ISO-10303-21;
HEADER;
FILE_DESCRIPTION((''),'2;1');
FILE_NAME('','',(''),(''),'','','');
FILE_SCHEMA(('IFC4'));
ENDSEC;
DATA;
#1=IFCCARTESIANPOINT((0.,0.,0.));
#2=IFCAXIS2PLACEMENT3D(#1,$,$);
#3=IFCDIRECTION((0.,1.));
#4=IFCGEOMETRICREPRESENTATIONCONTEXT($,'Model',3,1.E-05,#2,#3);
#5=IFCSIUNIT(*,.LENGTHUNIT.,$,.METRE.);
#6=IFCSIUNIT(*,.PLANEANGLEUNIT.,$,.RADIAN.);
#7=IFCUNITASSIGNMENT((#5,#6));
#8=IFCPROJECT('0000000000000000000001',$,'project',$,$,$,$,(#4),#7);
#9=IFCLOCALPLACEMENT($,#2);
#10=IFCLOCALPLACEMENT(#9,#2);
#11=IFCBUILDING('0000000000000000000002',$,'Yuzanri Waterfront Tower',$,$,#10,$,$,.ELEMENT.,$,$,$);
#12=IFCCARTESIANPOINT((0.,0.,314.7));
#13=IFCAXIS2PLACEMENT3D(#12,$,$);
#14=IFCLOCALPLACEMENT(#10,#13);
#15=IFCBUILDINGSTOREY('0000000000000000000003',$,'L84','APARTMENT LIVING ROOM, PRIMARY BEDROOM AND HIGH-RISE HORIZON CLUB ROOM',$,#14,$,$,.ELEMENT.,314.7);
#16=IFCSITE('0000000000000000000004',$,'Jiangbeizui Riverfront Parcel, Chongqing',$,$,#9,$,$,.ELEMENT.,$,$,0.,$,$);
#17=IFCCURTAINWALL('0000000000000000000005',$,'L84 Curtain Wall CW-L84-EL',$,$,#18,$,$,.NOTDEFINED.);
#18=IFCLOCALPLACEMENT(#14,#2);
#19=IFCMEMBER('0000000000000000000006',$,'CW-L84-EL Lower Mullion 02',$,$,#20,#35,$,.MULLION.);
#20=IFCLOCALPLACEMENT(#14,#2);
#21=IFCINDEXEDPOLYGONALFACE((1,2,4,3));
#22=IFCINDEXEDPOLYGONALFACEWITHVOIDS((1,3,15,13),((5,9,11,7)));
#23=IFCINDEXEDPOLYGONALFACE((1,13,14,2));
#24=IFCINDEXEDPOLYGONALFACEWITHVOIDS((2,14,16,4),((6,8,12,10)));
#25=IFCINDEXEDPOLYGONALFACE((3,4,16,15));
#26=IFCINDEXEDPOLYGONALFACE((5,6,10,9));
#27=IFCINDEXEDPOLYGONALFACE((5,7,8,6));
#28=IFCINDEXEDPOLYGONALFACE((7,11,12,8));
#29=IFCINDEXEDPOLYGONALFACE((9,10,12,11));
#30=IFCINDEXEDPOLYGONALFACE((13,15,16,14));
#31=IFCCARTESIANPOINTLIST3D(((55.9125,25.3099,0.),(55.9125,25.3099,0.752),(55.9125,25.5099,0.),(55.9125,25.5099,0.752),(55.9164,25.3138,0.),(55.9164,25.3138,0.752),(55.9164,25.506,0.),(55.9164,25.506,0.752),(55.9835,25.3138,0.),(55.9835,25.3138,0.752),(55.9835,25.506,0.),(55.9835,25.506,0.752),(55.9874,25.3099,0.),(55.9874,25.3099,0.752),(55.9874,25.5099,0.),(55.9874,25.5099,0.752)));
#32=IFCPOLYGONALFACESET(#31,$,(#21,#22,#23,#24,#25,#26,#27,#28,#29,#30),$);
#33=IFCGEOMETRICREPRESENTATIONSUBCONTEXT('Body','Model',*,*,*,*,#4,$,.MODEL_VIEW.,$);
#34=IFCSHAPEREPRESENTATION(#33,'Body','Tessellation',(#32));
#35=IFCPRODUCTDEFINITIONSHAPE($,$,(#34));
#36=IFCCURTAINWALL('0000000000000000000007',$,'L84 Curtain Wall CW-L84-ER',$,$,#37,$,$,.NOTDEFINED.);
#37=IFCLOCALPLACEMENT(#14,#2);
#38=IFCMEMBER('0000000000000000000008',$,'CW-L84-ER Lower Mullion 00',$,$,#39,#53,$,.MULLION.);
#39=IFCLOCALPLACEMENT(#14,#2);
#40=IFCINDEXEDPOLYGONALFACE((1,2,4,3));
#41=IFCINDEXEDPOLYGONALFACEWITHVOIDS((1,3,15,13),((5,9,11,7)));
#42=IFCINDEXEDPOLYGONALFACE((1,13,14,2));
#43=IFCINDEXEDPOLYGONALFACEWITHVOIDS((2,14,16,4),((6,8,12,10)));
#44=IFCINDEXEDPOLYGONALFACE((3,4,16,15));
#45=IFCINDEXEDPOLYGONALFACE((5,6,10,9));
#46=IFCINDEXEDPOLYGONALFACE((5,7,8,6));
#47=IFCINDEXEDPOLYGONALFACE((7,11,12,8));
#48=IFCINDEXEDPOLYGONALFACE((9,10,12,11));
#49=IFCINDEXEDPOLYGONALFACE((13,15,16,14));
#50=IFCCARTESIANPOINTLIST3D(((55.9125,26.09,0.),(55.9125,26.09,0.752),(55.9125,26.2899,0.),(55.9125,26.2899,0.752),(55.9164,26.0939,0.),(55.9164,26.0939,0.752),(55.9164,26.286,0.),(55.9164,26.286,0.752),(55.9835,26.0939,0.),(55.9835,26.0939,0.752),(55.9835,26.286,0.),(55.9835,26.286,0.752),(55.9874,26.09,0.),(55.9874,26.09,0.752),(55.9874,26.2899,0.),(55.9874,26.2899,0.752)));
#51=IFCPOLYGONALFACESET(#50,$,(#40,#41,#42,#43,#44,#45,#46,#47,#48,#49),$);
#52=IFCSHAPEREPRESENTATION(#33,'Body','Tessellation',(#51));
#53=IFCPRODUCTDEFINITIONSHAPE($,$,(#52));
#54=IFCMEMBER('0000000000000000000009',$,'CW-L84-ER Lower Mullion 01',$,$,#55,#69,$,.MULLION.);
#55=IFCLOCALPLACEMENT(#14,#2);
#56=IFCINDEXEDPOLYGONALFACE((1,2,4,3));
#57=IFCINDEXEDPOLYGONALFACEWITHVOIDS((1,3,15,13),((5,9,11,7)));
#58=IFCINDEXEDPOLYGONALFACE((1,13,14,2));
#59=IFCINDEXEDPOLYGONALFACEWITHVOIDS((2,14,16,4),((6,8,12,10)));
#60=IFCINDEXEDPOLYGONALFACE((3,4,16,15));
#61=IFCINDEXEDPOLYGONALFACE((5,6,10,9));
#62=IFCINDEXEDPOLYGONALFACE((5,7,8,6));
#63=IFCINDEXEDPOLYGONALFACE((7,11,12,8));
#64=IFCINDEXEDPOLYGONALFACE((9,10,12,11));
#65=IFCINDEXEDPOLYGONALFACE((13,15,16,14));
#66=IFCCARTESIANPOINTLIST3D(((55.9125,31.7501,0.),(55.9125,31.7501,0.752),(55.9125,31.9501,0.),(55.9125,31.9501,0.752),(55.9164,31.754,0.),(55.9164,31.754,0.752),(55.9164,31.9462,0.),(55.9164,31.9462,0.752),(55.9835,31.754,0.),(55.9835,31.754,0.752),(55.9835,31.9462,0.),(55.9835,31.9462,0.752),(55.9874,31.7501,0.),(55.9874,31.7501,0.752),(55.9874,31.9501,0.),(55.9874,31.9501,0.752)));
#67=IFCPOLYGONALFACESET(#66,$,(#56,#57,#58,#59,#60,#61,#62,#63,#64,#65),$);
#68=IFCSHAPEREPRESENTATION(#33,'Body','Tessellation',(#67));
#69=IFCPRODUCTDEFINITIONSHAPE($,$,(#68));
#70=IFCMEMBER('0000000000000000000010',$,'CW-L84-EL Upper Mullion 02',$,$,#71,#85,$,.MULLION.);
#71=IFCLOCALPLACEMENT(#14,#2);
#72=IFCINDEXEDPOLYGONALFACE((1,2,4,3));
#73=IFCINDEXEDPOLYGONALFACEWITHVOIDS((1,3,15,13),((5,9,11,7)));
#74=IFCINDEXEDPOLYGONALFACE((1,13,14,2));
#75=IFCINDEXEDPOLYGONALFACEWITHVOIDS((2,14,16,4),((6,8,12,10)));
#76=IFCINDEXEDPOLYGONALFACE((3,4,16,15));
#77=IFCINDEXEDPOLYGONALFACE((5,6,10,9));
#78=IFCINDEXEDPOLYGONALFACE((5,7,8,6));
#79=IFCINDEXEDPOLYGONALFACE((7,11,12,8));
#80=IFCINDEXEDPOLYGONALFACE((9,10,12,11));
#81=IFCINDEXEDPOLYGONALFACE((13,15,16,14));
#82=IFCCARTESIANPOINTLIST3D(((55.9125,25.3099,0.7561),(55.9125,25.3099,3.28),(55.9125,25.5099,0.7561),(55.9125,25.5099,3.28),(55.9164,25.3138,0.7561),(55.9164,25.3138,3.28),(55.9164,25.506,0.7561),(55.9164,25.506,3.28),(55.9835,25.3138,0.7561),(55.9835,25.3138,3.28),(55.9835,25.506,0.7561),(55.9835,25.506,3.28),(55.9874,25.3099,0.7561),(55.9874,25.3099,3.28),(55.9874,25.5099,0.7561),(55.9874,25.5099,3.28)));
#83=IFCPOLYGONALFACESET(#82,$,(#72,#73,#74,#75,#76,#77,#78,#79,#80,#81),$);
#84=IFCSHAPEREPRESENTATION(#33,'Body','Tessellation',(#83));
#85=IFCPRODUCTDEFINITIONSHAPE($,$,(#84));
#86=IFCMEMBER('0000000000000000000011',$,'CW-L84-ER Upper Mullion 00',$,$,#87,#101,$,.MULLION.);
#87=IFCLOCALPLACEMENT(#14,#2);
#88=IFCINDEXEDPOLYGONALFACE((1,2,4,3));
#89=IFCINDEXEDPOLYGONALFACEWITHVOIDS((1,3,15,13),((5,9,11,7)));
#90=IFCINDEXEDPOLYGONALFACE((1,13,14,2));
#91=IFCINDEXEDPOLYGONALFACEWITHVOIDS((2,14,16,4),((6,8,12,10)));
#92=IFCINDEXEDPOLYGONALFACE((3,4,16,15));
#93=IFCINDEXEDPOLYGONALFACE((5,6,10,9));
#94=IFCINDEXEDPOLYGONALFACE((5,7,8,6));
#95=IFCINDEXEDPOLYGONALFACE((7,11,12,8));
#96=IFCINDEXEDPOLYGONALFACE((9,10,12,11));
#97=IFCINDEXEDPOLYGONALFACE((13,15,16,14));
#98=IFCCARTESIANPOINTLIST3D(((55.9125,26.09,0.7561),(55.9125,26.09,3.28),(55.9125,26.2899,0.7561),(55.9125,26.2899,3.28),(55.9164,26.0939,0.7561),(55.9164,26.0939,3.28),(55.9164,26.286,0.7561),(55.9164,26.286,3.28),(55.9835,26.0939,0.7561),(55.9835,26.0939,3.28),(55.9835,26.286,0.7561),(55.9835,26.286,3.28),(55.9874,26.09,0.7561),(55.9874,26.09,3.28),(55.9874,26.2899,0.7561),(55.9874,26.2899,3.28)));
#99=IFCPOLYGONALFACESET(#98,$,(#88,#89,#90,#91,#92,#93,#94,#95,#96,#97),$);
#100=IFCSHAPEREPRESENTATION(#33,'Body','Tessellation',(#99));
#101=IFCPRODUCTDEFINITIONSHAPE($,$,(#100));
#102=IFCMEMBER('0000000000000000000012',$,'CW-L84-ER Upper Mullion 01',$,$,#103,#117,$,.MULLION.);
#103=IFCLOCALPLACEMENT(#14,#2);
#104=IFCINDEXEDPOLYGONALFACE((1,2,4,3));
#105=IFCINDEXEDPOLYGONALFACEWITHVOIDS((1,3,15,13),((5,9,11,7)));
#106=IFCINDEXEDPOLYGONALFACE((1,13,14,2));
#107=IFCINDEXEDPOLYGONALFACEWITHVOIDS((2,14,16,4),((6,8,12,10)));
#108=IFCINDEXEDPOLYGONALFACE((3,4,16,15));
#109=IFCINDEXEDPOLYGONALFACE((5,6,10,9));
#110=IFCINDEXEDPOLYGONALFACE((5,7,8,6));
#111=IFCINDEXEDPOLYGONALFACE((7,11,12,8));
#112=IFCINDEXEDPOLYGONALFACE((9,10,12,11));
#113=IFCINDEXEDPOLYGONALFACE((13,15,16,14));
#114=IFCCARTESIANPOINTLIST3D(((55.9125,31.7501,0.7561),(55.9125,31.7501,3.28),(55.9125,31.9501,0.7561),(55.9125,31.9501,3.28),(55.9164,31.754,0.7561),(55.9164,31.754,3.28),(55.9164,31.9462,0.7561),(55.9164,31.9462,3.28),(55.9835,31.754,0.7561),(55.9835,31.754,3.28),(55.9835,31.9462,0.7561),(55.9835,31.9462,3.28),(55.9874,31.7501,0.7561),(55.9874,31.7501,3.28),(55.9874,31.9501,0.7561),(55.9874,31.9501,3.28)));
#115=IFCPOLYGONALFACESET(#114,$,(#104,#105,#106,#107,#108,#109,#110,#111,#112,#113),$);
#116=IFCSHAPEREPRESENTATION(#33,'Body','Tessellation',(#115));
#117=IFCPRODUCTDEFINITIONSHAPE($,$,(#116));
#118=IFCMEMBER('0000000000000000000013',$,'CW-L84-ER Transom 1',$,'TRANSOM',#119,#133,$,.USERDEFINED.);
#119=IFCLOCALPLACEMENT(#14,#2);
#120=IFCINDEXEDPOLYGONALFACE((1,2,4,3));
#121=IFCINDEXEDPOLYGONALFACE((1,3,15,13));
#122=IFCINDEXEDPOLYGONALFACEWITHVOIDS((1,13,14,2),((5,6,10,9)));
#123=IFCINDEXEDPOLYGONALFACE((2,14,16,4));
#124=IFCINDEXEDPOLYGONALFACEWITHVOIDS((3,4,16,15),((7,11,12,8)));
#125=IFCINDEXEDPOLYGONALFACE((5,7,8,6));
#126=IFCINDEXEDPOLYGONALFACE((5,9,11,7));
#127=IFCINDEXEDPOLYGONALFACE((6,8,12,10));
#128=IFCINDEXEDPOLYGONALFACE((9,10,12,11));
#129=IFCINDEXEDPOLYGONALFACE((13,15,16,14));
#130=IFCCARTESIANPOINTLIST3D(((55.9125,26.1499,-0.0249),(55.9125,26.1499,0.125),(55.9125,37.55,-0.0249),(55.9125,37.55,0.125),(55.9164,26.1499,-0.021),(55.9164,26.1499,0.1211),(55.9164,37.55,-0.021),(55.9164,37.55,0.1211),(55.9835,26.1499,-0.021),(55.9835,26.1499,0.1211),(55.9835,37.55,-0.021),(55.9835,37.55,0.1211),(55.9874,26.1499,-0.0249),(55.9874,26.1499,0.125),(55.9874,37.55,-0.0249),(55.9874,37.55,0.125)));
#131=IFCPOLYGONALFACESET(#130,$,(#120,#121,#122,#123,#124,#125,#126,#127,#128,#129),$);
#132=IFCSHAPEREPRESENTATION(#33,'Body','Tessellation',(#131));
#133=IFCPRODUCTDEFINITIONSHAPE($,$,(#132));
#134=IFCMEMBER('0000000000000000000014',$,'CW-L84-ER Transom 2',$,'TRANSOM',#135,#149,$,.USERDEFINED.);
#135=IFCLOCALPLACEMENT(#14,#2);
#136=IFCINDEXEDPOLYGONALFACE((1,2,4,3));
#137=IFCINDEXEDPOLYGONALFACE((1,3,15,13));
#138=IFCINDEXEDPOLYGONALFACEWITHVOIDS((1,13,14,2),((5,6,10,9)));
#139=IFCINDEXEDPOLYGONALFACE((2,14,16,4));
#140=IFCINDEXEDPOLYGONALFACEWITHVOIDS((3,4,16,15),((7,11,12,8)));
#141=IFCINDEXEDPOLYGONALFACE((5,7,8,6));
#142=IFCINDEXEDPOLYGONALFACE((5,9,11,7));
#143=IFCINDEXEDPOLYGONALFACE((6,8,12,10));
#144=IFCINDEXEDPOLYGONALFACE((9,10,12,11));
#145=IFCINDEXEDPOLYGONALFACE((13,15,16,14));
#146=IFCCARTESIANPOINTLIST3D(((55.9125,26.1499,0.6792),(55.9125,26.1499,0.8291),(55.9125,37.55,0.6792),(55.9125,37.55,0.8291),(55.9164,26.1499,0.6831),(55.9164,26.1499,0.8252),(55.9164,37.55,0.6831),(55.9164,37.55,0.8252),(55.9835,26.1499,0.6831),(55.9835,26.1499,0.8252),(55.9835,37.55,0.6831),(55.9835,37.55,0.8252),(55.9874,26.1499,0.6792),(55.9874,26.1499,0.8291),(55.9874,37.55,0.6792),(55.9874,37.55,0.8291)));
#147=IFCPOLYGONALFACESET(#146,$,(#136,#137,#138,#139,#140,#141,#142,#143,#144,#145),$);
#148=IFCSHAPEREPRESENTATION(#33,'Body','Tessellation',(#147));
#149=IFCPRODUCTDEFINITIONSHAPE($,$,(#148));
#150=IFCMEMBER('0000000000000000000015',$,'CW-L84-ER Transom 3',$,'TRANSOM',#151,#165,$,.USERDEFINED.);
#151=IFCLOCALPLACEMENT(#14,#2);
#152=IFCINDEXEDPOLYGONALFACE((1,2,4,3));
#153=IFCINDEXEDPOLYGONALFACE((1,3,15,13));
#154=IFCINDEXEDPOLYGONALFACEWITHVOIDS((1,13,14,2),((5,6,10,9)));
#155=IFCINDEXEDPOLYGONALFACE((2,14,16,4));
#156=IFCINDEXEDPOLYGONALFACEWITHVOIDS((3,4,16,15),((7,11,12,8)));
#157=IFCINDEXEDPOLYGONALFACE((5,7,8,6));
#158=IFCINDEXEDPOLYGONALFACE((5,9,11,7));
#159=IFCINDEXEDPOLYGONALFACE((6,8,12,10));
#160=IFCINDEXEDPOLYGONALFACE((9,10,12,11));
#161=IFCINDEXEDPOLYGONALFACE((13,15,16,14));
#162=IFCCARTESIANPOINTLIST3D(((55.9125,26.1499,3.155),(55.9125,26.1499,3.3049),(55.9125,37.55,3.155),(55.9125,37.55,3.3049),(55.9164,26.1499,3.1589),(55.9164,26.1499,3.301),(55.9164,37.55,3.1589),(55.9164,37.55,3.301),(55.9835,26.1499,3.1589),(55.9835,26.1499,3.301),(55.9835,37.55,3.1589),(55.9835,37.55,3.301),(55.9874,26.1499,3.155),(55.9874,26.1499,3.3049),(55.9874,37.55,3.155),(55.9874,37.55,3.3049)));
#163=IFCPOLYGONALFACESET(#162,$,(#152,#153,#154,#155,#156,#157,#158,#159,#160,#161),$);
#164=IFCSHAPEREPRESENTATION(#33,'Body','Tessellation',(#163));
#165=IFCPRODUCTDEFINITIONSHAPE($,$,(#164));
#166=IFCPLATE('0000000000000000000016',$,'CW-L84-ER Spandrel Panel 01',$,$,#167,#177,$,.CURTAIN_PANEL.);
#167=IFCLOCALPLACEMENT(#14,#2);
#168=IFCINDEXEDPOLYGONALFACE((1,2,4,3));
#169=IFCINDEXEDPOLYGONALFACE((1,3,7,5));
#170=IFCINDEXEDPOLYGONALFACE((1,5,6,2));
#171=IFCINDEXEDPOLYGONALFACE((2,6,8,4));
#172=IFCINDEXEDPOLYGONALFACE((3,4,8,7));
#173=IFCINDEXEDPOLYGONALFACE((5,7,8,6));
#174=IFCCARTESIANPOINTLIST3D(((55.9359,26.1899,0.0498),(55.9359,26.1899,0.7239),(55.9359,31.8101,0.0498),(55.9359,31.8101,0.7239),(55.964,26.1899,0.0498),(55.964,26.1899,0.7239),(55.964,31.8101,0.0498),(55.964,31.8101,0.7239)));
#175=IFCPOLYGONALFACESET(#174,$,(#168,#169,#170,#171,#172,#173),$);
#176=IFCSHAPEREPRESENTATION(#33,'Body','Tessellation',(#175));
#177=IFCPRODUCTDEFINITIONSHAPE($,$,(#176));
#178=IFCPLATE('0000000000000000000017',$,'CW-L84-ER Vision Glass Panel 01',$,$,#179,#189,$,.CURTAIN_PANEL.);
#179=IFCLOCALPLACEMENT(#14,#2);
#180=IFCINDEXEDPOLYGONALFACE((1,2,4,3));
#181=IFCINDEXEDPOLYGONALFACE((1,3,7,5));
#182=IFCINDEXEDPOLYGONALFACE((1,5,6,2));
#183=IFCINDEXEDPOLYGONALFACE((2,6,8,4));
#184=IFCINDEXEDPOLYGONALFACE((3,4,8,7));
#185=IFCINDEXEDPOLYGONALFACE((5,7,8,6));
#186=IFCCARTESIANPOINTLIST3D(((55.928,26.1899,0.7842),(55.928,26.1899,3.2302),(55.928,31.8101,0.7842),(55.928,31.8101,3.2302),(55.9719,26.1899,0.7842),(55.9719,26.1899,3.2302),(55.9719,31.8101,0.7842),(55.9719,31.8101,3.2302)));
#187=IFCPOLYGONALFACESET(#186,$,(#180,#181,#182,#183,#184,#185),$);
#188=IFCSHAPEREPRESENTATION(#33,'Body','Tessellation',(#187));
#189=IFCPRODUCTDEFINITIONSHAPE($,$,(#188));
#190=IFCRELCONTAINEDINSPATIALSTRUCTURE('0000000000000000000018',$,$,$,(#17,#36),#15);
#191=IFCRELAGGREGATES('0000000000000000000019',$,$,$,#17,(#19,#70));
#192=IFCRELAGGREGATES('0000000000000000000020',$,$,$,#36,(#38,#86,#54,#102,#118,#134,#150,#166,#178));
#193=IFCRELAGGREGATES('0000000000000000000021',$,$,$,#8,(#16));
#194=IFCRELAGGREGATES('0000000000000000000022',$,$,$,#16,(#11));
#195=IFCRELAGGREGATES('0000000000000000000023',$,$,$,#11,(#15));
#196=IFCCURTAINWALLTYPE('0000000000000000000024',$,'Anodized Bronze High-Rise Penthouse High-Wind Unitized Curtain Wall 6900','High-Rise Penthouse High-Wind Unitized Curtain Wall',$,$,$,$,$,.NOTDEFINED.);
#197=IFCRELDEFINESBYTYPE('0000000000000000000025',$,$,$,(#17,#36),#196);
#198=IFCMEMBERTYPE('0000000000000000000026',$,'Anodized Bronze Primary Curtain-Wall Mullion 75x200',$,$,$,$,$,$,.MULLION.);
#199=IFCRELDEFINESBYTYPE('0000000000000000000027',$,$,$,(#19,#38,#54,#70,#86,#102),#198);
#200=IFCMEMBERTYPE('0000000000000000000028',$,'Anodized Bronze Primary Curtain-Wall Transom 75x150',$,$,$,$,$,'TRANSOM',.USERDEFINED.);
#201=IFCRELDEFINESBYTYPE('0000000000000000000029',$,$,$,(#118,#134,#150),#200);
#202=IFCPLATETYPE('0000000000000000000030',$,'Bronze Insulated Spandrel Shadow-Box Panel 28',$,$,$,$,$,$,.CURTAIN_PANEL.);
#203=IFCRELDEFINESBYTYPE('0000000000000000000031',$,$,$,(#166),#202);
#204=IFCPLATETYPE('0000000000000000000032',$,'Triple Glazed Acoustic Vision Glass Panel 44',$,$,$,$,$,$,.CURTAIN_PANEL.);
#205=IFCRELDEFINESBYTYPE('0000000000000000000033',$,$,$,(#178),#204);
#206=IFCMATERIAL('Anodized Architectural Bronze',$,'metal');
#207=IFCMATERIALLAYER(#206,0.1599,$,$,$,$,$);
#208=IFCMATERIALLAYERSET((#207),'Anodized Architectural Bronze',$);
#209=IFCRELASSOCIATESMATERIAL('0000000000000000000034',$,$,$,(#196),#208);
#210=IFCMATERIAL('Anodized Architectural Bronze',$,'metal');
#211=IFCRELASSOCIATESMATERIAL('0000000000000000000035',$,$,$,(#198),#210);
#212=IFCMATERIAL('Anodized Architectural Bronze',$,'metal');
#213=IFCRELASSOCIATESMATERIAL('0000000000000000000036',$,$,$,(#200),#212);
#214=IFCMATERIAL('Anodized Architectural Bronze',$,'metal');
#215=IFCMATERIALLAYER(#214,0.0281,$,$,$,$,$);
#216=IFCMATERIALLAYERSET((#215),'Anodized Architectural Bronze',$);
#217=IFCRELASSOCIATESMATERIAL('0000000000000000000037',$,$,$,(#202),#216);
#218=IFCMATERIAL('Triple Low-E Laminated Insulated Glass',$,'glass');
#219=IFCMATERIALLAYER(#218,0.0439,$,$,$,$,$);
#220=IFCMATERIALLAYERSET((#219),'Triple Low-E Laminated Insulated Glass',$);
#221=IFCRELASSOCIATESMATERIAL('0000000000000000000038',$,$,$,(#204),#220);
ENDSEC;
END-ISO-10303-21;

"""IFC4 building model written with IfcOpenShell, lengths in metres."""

from ifc_helpers import new_model, si_unit, direction, frame, origin, origin_2d, place, context, subcontext, project, spatial, rectangle, hollow_rectangle, extrude, source, transform, mapped, material, layer, layer_set, material_profile, profile_set, type_object, element, aggregate, save


model = new_model("IFC4")

# Units and contexts
model_context = context("Model", 3, precision=1e-05, world=origin(), true_north=direction((0.0, 1.0)))
body_context = subcontext(model_context, "Body", "Model", "MODEL_VIEW")
ifc_project = project(units=[si_unit("LENGTHUNIT", "METRE"), si_unit("PLANEANGLEUNIT", "RADIAN")], contexts=[model_context])

# Site, building, storey
site_placement = place(None, origin())
site = spatial("IfcSite", under=ifc_project, at=site_placement, Name="Jiangbeizui Riverfront Parcel, Chongqing", CompositionType="ELEMENT", RefElevation=0.0)
building_placement = place(site_placement, origin())
building = spatial("IfcBuilding", under=site, at=building_placement, Name="Yuzanri Waterfront Tower", CompositionType="ELEMENT")
storey_placement = place(building_placement, frame((0.0, 0.0, 314.7)))
storey = spatial("IfcBuildingStorey", under=building, at=storey_placement, Name="L84", Description="APARTMENT LIVING ROOM, PRIMARY BEDROOM AND HIGH-RISE HORIZON CLUB ROOM", CompositionType="ELEMENT", Elevation=314.7)

# Curtain wall, member
ifc_material_1 = material(Name="Anodized Architectural Bronze", Category="metal")
ifc_layer_1 = layer(ifc_material_1, 0.1599)
ifc_layer_set_1 = layer_set([ifc_layer_1], Name="Anodized Architectural Bronze")
curtain_wall_type = type_object("IfcCurtainWallType", Name="Anodized Bronze High-Rise Penthouse High-Wind Unitized Curtain Wall 6900", Description="High-Rise Penthouse High-Wind Unitized Curtain Wall", PredefinedType="NOTDEFINED", material=ifc_layer_set_1)
curtain_wall_1_placement = place(storey_placement, origin())
curtain_wall_1 = element("IfcCurtainWall", 1, at=curtain_wall_1_placement, inside=storey, type_object=curtain_wall_type, Name="L84 Curtain Wall CW-L84-EL", PredefinedType="NOTDEFINED")
ifc_material_2 = material(Name="Anodized Architectural Bronze", Category="metal")
ifc_material_profile_1 = material_profile(ifc_material_2, hollow_rectangle(XDim=0.075, YDim=0.2, WallThickness=0.0039, at=origin_2d()), Name="CWM 75x200")
ifc_profile_set_1 = profile_set([ifc_material_profile_1], Name="Anodized Architectural Bronze")
member_type_1 = type_object("IfcMemberType", Name="Anodized Bronze Primary Curtain-Wall Mullion 75x200", PredefinedType="MULLION", material=ifc_profile_set_1)
shared_shape_1 = source(origin(), body_context, "Body", "SweptSolid", [
    extrude(hollow_rectangle(XDim=0.075, YDim=0.2, WallThickness=0.0039, at=origin_2d()), origin(), (0.0, 0.0, 1.0), 0.752),
])
member_1_placement = place(storey_placement, frame((55.95, 25.4099, 0.0), z_axis=(0.0, 0.0, 1.0), x_axis=(1.0, 0.0, 0.0)))
member_1 = element("IfcMember", 2, at=member_1_placement, type_object=member_type_1, Name="CW-L84-EL Lower Mullion 02", PredefinedType="MULLION", context=body_context, shape_type="MappedRepresentation", body=[
    mapped(shared_shape_1, transform((0.0, 0.0, 0.0), scale=1.0)),
])

# Curtain wall, members
curtain_wall_2_placement = place(storey_placement, origin())
curtain_wall_2 = element("IfcCurtainWall", 3, at=curtain_wall_2_placement, inside=storey, type_object=curtain_wall_type, Name="L84 Curtain Wall CW-L84-ER", PredefinedType="NOTDEFINED")
member_2_placement = place(storey_placement, frame((55.95, 26.1899, 0.0), z_axis=(0.0, 0.0, 1.0), x_axis=(1.0, 0.0, 0.0)))
member_2 = element("IfcMember", 4, at=member_2_placement, type_object=member_type_1, Name="CW-L84-ER Lower Mullion 00", PredefinedType="MULLION", context=body_context, shape_type="MappedRepresentation", body=[
    mapped(shared_shape_1, transform((0.0, 0.0, 0.0), scale=1.0)),
])
member_3_placement = place(storey_placement, frame((55.95, 31.8501, 0.0), z_axis=(0.0, 0.0, 1.0), x_axis=(1.0, 0.0, 0.0)))
member_3 = element("IfcMember", 5, at=member_3_placement, type_object=member_type_1, Name="CW-L84-ER Lower Mullion 01", PredefinedType="MULLION", context=body_context, shape_type="MappedRepresentation", body=[
    mapped(shared_shape_1, transform((0.0, 0.0, 0.0), scale=1.0)),
])

# Members
shared_shape_2 = source(origin(), body_context, "Body", "SweptSolid", [
    extrude(hollow_rectangle(XDim=0.075, YDim=0.2, WallThickness=0.0039, at=origin_2d()), origin(), (0.0, 0.0, 1.0), 2.5239),
])
member_4_placement = place(storey_placement, frame((55.95, 25.4099, 0.7561), z_axis=(0.0, 0.0, 1.0), x_axis=(1.0, 0.0, 0.0)))
member_4 = element("IfcMember", 6, at=member_4_placement, type_object=member_type_1, Name="CW-L84-EL Upper Mullion 02", PredefinedType="MULLION", context=body_context, shape_type="MappedRepresentation", body=[
    mapped(shared_shape_2, transform((0.0, 0.0, 0.0), scale=1.0)),
])
aggregate(curtain_wall_1, [member_1, member_4])
member_5_placement = place(storey_placement, frame((55.95, 26.1899, 0.7561), z_axis=(0.0, 0.0, 1.0), x_axis=(1.0, 0.0, 0.0)))
member_5 = element("IfcMember", 7, at=member_5_placement, type_object=member_type_1, Name="CW-L84-ER Upper Mullion 00", PredefinedType="MULLION", context=body_context, shape_type="MappedRepresentation", body=[
    mapped(shared_shape_2, transform((0.0, 0.0, 0.0), scale=1.0)),
])
member_6_placement = place(storey_placement, frame((55.95, 31.8501, 0.7561), z_axis=(0.0, 0.0, 1.0), x_axis=(1.0, 0.0, 0.0)))
member_6 = element("IfcMember", 8, at=member_6_placement, type_object=member_type_1, Name="CW-L84-ER Upper Mullion 01", PredefinedType="MULLION", context=body_context, shape_type="MappedRepresentation", body=[
    mapped(shared_shape_2, transform((0.0, 0.0, 0.0), scale=1.0)),
])
ifc_material_3 = material(Name="Anodized Architectural Bronze", Category="metal")
ifc_material_profile_2 = material_profile(ifc_material_3, hollow_rectangle(XDim=0.075, YDim=0.1499, WallThickness=0.0039, at=origin_2d()), Name="CWT 75x150")
ifc_profile_set_2 = profile_set([ifc_material_profile_2], Name="Anodized Architectural Bronze")
member_type_2 = type_object("IfcMemberType", Name="Anodized Bronze Primary Curtain-Wall Transom 75x150", ElementType="TRANSOM", PredefinedType="USERDEFINED", material=ifc_profile_set_2)
shared_shape_3 = source(origin(), body_context, "Body", "SweptSolid", [
    extrude(hollow_rectangle(XDim=0.075, YDim=0.1499, WallThickness=0.0039, at=origin_2d()), origin(), (0.0, 0.0, 1.0), 11.4001),
])
member_7_placement = place(storey_placement, frame((55.95, 26.1499, 0.05), z_axis=(0.0, 1.0, 0.0), x_axis=(-1.0, 0.0, 0.0)))
member_7 = element("IfcMember", 9, at=member_7_placement, type_object=member_type_2, Name="CW-L84-ER Transom 1", ObjectType="TRANSOM", PredefinedType="USERDEFINED", context=body_context, shape_type="MappedRepresentation", body=[
    mapped(shared_shape_3, transform((0.0, 0.0, 0.0), scale=1.0)),
])
member_8_placement = place(storey_placement, frame((55.95, 26.1499, 0.7542), z_axis=(0.0, 1.0, 0.0), x_axis=(-1.0, 0.0, 0.0)))
member_8 = element("IfcMember", 10, at=member_8_placement, type_object=member_type_2, Name="CW-L84-ER Transom 2", ObjectType="TRANSOM", PredefinedType="USERDEFINED", context=body_context, shape_type="MappedRepresentation", body=[
    mapped(shared_shape_3, transform((0.0, 0.0, 0.0), scale=1.0)),
])
member_9_placement = place(storey_placement, frame((55.95, 26.1499, 3.23), z_axis=(0.0, 1.0, 0.0), x_axis=(-1.0, 0.0, 0.0)))
member_9 = element("IfcMember", 11, at=member_9_placement, type_object=member_type_2, Name="CW-L84-ER Transom 3", ObjectType="TRANSOM", PredefinedType="USERDEFINED", context=body_context, shape_type="MappedRepresentation", body=[
    mapped(shared_shape_3, transform((0.0, 0.0, 0.0), scale=1.0)),
])

# Plates
ifc_material_4 = material(Name="Anodized Architectural Bronze", Category="metal")
ifc_layer_2 = layer(ifc_material_4, 0.0281)
ifc_layer_set_2 = layer_set([ifc_layer_2], Name="Anodized Architectural Bronze")
plate_type_1 = type_object("IfcPlateType", Name="Bronze Insulated Spandrel Shadow-Box Panel 28", PredefinedType="CURTAIN_PANEL", material=ifc_layer_set_2)
shared_shape_4 = source(origin(), body_context, "Body", "SweptSolid", [
    extrude(rectangle(XDim=5.6201, YDim=0.0281, at=origin_2d()), origin(), (0.0, 0.0, 1.0), 0.6741),
])
plate_1_placement = place(storey_placement, frame((55.95, 29.0, 0.0498), z_axis=(0.0, 0.0, 1.0), x_axis=(0.0, 1.0, 0.0)))
plate_1 = element("IfcPlate", 12, at=plate_1_placement, type_object=plate_type_1, Name="CW-L84-ER Spandrel Panel 01", PredefinedType="CURTAIN_PANEL", context=body_context, shape_type="MappedRepresentation", body=[
    mapped(shared_shape_4, transform((0.0, 0.0, 0.0), scale=1.0)),
])
ifc_material_5 = material(Name="Triple Low-E Laminated Insulated Glass", Category="glass")
ifc_layer_3 = layer(ifc_material_5, 0.0439)
ifc_layer_set_3 = layer_set([ifc_layer_3], Name="Triple Low-E Laminated Insulated Glass")
plate_type_2 = type_object("IfcPlateType", Name="Triple Glazed Acoustic Vision Glass Panel 44", PredefinedType="CURTAIN_PANEL", material=ifc_layer_set_3)
shared_shape_5 = source(origin(), body_context, "Body", "SweptSolid", [
    extrude(rectangle(XDim=5.6201, YDim=0.0439, at=origin_2d()), origin(), (0.0, 0.0, 1.0), 2.446),
])
plate_2_placement = place(storey_placement, frame((55.95, 29.0, 0.7842), z_axis=(0.0, 0.0, 1.0), x_axis=(0.0, 1.0, 0.0)))
plate_2 = element("IfcPlate", 13, at=plate_2_placement, type_object=plate_type_2, Name="CW-L84-ER Vision Glass Panel 01", PredefinedType="CURTAIN_PANEL", context=body_context, shape_type="MappedRepresentation", body=[
    mapped(shared_shape_5, transform((0.0, 0.0, 0.0), scale=1.0)),
])
aggregate(curtain_wall_2, [member_2, member_5, member_3, member_6, member_7, member_8, member_9, plate_1, plate_2])

save(model, "model.ifc")
